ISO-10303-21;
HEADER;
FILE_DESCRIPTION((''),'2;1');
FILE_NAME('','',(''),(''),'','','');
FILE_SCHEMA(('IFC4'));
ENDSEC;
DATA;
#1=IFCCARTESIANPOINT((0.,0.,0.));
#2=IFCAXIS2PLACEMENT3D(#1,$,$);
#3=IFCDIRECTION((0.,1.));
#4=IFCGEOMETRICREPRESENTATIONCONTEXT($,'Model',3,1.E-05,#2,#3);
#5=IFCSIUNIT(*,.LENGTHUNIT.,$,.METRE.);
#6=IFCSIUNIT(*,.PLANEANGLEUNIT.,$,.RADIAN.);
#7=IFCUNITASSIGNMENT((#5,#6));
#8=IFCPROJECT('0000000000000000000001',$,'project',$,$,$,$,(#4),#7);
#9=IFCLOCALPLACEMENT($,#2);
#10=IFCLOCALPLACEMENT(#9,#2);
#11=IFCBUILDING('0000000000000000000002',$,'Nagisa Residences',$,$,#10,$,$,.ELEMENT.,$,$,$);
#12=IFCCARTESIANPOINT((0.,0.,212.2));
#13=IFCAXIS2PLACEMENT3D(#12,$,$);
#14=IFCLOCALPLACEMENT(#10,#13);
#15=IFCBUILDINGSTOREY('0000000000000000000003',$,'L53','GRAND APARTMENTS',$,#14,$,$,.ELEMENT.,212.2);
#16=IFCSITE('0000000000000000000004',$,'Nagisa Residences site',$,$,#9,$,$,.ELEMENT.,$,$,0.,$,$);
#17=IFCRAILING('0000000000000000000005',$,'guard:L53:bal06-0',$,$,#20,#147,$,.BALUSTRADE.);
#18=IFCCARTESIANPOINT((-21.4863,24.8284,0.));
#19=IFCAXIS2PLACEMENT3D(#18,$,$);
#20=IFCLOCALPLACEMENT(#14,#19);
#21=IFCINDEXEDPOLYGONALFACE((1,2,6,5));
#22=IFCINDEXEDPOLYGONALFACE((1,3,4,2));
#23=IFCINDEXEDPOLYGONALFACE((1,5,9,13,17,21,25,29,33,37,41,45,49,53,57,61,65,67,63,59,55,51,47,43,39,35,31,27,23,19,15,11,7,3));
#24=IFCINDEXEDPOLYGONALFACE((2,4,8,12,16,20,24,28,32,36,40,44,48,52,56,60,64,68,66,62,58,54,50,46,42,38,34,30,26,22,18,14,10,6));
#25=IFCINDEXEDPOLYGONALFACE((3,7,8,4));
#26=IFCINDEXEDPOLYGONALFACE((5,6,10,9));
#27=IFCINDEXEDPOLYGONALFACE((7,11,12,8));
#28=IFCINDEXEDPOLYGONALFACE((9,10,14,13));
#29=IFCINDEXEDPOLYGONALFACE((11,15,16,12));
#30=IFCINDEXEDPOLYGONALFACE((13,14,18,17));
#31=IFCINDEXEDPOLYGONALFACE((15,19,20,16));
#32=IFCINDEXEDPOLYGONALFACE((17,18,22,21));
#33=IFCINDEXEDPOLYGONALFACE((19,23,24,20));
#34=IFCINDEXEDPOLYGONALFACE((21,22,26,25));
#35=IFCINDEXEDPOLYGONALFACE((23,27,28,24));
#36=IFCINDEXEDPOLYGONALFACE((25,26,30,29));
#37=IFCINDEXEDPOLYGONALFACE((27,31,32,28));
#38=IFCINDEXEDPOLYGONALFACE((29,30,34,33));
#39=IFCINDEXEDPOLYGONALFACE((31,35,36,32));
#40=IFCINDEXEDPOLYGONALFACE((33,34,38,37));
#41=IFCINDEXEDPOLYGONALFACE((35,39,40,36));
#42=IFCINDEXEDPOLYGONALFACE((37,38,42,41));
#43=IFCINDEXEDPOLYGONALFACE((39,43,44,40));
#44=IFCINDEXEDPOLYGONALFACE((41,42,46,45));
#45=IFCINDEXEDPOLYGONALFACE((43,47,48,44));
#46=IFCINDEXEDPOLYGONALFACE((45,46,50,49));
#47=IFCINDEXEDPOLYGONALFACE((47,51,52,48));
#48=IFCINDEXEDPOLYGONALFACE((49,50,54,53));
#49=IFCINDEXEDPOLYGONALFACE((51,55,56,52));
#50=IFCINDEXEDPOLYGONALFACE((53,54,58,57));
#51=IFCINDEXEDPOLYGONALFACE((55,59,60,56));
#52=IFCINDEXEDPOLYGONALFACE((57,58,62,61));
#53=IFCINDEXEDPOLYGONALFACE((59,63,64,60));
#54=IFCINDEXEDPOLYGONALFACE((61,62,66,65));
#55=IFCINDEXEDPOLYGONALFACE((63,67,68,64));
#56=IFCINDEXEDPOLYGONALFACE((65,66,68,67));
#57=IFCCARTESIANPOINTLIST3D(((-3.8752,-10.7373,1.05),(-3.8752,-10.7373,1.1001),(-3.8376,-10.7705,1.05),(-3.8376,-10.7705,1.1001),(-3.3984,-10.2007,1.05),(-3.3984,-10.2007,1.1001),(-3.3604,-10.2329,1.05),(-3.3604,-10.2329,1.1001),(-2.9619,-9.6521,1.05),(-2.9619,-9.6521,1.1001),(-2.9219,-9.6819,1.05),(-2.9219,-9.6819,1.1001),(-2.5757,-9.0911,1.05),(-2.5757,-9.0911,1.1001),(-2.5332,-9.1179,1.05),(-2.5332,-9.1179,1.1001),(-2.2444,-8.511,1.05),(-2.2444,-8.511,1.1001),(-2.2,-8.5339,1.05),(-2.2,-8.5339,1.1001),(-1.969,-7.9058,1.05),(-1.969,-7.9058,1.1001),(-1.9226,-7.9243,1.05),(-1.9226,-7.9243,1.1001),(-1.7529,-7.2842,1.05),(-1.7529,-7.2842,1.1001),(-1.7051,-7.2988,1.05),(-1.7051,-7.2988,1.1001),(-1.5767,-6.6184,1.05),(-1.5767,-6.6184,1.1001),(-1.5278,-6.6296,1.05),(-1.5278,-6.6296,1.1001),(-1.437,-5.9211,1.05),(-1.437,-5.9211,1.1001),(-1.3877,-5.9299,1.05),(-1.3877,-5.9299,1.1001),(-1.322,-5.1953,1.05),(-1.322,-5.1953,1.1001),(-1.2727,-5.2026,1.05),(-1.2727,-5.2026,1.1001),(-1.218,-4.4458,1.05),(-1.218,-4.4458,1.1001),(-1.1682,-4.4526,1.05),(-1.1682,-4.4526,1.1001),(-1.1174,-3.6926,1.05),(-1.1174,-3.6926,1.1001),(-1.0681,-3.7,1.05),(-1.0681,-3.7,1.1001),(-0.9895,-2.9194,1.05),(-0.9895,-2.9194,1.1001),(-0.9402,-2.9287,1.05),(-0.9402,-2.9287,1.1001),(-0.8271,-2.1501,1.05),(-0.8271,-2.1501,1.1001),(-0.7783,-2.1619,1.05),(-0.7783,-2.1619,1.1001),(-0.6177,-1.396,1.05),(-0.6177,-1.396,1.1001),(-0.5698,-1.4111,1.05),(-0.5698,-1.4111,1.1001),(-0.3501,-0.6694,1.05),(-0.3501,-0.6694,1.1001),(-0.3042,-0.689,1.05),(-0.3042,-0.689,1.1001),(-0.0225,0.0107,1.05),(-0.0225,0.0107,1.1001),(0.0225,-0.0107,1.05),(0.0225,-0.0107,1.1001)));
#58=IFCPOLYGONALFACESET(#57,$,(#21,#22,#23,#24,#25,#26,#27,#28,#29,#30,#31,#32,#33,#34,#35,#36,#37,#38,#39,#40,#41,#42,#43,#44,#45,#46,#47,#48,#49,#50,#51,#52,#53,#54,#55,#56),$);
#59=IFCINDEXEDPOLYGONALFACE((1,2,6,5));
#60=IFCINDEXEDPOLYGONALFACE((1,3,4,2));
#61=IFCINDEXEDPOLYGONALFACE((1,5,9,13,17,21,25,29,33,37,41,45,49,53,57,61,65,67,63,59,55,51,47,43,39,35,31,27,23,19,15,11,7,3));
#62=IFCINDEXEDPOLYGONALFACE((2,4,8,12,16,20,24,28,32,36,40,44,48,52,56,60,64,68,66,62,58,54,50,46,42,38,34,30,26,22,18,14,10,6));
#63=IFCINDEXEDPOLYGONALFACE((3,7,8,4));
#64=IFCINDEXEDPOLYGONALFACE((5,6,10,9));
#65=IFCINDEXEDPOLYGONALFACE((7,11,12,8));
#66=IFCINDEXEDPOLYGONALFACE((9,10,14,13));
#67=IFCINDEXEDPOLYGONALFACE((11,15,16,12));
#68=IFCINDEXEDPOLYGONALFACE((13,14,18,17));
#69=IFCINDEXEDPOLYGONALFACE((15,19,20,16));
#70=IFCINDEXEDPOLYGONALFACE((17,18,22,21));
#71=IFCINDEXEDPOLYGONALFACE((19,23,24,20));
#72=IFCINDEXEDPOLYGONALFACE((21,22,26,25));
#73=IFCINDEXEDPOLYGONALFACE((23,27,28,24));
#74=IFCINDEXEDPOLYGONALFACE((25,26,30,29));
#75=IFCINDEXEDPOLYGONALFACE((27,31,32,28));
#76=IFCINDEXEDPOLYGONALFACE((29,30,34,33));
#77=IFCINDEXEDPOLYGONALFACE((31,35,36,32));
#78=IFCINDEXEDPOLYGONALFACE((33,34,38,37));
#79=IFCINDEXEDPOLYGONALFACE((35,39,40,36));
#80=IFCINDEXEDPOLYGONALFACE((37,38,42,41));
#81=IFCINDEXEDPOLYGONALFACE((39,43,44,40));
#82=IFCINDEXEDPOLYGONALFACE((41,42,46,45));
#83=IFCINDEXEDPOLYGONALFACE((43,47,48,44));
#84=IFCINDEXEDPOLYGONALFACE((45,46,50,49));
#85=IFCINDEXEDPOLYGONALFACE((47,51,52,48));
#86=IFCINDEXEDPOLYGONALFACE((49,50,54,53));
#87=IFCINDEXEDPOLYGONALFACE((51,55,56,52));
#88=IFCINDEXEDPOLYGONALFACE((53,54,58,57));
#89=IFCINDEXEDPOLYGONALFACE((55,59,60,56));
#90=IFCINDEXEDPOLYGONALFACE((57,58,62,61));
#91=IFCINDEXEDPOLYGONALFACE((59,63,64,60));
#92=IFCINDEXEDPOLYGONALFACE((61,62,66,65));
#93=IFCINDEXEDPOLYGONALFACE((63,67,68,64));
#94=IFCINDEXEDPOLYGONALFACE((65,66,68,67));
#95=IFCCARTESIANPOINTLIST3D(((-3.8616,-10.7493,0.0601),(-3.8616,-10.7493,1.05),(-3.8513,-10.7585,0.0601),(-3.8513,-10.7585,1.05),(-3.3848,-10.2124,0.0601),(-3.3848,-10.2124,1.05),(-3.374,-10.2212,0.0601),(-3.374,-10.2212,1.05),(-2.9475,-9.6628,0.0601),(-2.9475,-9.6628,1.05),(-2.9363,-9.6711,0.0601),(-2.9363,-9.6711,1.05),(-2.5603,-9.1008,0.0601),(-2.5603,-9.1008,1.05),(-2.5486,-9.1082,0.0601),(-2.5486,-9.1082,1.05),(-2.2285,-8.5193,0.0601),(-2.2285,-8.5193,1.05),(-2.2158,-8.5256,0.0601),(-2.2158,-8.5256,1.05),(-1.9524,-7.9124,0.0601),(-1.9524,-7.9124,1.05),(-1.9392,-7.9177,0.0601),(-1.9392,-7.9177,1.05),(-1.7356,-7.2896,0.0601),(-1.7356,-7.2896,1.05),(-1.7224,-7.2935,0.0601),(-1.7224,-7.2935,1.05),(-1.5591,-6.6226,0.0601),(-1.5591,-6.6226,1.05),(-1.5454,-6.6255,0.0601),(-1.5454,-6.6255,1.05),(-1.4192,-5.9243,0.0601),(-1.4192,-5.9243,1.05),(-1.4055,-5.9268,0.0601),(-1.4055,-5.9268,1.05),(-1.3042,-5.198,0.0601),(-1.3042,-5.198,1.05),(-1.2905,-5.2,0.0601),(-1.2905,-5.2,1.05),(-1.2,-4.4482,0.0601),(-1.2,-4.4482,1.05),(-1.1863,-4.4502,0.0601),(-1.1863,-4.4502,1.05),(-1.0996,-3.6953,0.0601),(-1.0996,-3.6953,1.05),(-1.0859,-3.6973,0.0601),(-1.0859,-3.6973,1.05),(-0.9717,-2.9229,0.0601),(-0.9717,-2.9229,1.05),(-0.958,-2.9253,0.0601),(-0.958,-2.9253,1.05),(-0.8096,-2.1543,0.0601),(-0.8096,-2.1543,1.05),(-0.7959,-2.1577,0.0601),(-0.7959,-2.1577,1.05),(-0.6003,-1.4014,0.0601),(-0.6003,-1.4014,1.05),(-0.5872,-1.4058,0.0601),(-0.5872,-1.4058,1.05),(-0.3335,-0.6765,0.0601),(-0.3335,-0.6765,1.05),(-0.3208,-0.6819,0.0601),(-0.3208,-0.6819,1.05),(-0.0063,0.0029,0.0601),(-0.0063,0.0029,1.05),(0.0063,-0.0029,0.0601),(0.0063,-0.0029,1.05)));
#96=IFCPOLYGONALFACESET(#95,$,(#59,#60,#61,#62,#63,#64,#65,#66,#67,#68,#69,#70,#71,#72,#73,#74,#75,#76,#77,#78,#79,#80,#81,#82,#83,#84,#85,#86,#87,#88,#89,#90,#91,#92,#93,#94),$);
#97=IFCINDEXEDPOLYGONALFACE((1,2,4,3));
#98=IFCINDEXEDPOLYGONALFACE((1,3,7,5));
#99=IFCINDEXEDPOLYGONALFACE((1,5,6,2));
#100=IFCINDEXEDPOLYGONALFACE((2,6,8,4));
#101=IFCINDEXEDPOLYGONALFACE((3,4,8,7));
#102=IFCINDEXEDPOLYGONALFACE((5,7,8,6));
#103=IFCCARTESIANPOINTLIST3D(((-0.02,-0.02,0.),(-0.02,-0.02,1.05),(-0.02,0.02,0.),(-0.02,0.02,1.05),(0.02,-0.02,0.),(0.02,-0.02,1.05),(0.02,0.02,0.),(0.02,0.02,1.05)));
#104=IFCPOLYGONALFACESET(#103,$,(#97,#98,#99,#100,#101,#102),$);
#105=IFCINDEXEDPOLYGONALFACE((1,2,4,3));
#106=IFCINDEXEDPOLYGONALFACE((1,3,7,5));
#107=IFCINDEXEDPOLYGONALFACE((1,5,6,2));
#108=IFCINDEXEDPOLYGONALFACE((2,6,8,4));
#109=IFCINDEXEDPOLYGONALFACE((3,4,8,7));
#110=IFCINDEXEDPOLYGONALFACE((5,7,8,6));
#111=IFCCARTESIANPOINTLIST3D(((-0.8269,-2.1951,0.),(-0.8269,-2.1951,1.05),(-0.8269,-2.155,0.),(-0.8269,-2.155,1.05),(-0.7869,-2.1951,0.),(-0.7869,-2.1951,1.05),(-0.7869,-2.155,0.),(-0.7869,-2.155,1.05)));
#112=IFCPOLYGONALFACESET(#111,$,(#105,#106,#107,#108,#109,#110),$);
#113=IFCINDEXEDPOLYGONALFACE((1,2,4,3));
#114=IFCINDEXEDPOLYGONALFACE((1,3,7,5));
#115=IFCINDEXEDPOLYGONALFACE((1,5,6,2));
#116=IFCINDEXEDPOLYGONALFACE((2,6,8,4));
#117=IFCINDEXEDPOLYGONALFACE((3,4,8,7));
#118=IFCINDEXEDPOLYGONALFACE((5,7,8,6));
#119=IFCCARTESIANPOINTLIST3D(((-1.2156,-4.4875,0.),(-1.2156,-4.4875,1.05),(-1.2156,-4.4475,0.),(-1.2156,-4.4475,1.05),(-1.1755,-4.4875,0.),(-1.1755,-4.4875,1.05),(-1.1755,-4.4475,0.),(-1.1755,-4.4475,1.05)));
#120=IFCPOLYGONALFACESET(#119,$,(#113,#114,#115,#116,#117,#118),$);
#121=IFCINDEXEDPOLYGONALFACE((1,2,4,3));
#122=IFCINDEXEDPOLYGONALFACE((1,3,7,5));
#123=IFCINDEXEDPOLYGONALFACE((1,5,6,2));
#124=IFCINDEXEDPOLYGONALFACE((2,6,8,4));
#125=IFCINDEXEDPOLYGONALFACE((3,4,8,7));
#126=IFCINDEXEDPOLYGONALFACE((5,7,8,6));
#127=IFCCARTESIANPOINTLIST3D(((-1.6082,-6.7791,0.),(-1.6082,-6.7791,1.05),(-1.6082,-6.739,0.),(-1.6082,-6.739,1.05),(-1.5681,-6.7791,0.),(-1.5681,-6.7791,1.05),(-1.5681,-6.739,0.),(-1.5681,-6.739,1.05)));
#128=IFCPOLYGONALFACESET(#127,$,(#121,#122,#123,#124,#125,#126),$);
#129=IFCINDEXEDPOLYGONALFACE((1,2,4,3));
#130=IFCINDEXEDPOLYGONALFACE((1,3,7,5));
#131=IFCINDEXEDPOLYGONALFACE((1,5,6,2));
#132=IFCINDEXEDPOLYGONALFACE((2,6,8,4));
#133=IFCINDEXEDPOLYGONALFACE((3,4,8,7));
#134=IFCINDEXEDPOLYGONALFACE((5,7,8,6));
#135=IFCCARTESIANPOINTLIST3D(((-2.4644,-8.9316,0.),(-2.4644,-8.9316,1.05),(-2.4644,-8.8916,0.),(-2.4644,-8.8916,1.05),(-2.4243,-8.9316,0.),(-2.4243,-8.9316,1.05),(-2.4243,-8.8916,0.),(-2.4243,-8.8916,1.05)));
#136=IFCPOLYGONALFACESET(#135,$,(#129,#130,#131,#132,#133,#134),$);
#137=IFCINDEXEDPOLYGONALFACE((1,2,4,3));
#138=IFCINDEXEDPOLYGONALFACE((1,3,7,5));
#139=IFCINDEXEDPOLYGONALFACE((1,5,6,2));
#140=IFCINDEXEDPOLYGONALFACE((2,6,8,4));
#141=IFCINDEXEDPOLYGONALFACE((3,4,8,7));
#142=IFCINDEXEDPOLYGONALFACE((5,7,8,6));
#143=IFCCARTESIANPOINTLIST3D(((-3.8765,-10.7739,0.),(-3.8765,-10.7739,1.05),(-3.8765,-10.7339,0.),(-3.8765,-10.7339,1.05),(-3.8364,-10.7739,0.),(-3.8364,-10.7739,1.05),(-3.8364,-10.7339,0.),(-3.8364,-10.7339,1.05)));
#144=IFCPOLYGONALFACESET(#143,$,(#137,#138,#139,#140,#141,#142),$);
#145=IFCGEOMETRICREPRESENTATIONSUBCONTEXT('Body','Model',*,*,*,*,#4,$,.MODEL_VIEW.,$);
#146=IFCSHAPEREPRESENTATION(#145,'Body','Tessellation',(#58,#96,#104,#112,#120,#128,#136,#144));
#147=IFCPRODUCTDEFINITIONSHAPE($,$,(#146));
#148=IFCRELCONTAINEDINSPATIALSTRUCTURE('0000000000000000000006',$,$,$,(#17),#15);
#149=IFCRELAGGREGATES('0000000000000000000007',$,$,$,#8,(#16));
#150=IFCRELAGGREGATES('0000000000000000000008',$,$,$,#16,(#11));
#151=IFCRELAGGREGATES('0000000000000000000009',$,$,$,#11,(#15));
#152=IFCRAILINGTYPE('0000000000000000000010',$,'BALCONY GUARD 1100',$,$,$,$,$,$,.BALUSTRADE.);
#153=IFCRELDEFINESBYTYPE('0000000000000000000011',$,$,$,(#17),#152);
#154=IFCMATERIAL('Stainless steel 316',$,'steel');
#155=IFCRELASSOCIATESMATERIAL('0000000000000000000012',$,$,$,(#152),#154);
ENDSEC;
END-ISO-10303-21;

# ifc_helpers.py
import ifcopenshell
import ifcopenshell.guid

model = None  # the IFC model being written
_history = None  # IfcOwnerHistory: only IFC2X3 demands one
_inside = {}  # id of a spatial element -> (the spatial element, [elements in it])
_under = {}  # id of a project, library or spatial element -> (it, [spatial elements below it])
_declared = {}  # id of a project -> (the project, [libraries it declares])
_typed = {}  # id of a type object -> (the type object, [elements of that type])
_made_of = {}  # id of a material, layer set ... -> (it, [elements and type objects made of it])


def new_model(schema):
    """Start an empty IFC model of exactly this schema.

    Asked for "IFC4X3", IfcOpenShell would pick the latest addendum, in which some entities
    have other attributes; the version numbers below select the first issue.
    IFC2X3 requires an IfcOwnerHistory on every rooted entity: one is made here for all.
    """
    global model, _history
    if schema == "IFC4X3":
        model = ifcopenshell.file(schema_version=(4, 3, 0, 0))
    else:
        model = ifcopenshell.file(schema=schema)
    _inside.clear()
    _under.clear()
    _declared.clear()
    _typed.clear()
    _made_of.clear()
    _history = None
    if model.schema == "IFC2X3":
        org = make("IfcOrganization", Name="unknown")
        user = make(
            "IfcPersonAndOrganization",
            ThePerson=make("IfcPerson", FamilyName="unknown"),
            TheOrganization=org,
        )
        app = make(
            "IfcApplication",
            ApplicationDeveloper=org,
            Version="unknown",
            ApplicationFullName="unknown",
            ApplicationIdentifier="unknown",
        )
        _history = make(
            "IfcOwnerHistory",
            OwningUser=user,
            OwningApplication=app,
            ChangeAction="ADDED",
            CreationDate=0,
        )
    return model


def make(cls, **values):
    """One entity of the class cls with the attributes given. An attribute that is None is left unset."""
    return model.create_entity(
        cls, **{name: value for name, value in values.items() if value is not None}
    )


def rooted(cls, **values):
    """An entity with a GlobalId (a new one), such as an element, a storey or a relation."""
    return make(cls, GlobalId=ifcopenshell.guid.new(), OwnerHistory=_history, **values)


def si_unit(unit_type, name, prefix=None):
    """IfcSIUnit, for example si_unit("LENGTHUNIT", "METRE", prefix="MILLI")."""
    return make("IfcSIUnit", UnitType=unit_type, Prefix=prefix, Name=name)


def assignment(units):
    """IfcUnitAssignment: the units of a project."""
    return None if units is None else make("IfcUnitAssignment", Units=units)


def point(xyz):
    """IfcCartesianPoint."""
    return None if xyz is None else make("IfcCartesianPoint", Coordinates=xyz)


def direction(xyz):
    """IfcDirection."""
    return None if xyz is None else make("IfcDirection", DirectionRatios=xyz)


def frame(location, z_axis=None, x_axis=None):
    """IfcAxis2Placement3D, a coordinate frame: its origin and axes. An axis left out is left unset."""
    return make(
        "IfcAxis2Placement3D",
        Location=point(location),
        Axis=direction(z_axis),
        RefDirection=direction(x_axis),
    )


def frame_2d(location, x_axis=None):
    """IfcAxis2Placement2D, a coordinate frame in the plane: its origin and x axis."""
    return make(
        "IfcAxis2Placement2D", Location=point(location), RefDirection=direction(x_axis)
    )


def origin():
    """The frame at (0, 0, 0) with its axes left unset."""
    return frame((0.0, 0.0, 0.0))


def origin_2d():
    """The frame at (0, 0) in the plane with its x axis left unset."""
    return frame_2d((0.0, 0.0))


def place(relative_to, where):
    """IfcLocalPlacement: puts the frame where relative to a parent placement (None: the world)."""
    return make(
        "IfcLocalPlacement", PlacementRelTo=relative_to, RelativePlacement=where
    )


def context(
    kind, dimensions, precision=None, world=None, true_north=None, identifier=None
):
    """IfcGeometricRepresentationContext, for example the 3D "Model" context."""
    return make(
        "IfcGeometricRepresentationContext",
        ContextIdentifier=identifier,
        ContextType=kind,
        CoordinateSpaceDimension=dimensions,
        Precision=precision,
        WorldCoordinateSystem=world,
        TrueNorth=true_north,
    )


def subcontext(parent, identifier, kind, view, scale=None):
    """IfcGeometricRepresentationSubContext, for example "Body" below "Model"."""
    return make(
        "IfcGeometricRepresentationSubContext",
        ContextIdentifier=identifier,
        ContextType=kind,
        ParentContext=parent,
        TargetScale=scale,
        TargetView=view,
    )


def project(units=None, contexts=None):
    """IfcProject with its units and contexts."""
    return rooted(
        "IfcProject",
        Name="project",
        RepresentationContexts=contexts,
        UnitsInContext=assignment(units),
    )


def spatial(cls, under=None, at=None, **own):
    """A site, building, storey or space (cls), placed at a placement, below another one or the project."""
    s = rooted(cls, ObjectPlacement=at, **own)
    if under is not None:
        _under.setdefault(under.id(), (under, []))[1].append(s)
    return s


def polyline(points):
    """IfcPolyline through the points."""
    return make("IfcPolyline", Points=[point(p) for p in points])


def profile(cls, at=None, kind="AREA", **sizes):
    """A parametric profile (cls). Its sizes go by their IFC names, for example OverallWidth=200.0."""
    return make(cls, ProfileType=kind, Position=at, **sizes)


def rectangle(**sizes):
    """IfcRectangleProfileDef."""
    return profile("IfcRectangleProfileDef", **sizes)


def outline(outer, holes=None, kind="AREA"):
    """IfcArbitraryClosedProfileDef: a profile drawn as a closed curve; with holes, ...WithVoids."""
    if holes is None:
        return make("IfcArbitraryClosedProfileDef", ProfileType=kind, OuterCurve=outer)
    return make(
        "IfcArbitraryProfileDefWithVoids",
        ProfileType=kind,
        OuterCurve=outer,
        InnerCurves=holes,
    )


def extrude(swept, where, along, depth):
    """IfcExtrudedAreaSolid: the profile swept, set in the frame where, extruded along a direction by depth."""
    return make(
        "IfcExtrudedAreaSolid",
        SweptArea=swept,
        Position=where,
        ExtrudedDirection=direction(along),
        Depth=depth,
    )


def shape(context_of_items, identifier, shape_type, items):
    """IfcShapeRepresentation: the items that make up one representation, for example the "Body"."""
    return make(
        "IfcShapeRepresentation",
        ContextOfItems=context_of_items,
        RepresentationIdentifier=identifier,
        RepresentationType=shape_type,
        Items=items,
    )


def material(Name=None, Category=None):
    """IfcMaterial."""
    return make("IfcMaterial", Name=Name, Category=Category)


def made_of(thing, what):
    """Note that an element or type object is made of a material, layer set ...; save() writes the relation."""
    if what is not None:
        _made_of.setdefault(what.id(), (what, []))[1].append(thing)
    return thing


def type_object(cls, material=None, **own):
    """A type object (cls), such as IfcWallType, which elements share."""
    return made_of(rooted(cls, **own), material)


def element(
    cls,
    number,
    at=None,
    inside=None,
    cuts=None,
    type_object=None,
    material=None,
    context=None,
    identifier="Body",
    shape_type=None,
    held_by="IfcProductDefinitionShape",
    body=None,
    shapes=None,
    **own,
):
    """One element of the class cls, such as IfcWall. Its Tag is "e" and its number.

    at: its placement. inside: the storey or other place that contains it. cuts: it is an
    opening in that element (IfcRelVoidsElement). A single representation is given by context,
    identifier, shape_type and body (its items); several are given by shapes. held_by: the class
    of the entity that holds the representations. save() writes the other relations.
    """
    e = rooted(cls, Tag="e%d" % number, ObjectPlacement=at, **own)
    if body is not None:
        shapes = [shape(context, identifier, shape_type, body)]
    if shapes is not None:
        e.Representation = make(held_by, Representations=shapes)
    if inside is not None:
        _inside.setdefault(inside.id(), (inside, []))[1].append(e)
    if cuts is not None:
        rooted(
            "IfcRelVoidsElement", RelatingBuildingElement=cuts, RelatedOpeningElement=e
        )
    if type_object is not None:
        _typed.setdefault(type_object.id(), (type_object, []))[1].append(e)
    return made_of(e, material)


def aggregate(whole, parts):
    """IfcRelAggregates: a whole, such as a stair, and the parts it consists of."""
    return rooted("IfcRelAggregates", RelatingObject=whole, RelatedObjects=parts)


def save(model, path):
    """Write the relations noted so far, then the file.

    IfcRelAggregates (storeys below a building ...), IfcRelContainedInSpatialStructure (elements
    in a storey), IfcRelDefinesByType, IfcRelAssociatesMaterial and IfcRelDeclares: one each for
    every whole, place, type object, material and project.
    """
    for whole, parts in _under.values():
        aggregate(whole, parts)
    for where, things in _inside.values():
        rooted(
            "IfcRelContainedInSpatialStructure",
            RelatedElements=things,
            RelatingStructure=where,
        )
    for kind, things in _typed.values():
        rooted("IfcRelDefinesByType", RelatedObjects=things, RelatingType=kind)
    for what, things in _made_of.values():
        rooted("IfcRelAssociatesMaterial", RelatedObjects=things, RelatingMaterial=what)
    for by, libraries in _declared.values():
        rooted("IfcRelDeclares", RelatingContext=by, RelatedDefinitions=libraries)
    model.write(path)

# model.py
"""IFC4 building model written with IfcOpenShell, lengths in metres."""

from ifc_helpers import new_model, si_unit, direction, frame, origin, origin_2d, place, context, subcontext, project, spatial, polyline, rectangle, outline, extrude, material, type_object, element, save


model = new_model("IFC4")

# Units and contexts
model_context = context("Model", 3, precision=1e-05, world=origin(), true_north=direction((0.0, 1.0)))
body_context = subcontext(model_context, "Body", "Model", "MODEL_VIEW")
ifc_project = project(units=[si_unit("LENGTHUNIT", "METRE"), si_unit("PLANEANGLEUNIT", "RADIAN")], contexts=[model_context])

# Site, building, storey
site_placement = place(None, origin())
site = spatial("IfcSite", under=ifc_project, at=site_placement, Name="Nagisa Residences site", CompositionType="ELEMENT", RefElevation=0.0)
building_placement = place(site_placement, origin())
building = spatial("IfcBuilding", under=site, at=building_placement, Name="Nagisa Residences", CompositionType="ELEMENT")
storey_placement = place(building_placement, frame((0.0, 0.0, 212.2)))
storey = spatial("IfcBuildingStorey", under=building, at=storey_placement, Name="L53", Description="GRAND APARTMENTS", CompositionType="ELEMENT", Elevation=212.2)

# Railing
ifc_material_1 = material(Name="Stainless steel 316", Category="steel")
railing_type = type_object("IfcRailingType", Name="BALCONY GUARD 1100", PredefinedType="BALUSTRADE", material=ifc_material_1)
railing_1_placement = place(storey_placement, frame((-21.4863, 24.8284, 0.0)))
element("IfcRailing", 1, at=railing_1_placement, inside=storey, type_object=railing_type, Name="guard:L53:bal06-0", PredefinedType="BALUSTRADE", context=body_context, shape_type="SweptSolid", body=[
    extrude(outline(polyline([(-0.3042, -0.689), (0.0225, -0.0107), (-0.0225, 0.0107), (-0.3501, -0.6694), (-0.6177, -1.396), (-0.8271, -2.1501), (-0.9895, -2.9194), (-1.1174, -3.6926), (-1.218, -4.4458), (-1.322, -5.1953), (-1.437, -5.9211), (-1.5767, -6.6184), (-1.7529, -7.2842), (-1.969, -7.9058), (-2.2444, -8.511), (-2.5757, -9.0911), (-2.9619, -9.6521), (-3.3984, -10.2007), (-3.8752, -10.7373), (-3.8376, -10.7705), (-3.3604, -10.2329), (-2.9219, -9.6819), (-2.5332, -9.1179), (-2.2, -8.5339), (-1.9226, -7.9243), (-1.7051, -7.2988), (-1.5278, -6.6296), (-1.3877, -5.9299), (-1.2727, -5.2026), (-1.1682, -4.4526), (-1.0681, -3.7), (-0.9402, -2.9287), (-0.7783, -2.1619), (-0.5698, -1.4111), (-0.3042, -0.689)])), frame((0.0, 0.0, 1.05)), (0.0, 0.0, 1.0), 0.05),
    extrude(outline(polyline([(-0.3208, -0.6819), (0.0063, -0.0029), (-0.0063, 0.0029), (-0.3335, -0.6765), (-0.6003, -1.4014), (-0.8096, -2.1543), (-0.9717, -2.9229), (-1.0996, -3.6953), (-1.2, -4.4482), (-1.3042, -5.198), (-1.4192, -5.9243), (-1.5591, -6.6226), (-1.7356, -7.2896), (-1.9524, -7.9124), (-2.2285, -8.5193), (-2.5603, -9.1008), (-2.9475, -9.6628), (-3.3848, -10.2124), (-3.8616, -10.7493), (-3.8513, -10.7585), (-3.374, -10.2212), (-2.9363, -9.6711), (-2.5486, -9.1082), (-2.2158, -8.5256), (-1.9392, -7.9177), (-1.7224, -7.2935), (-1.5454, -6.6255), (-1.4055, -5.9268), (-1.2905, -5.2), (-1.1863, -4.4502), (-1.0859, -3.6973), (-0.958, -2.9253), (-0.7959, -2.1577), (-0.5872, -1.4058), (-0.3208, -0.6819)])), frame((0.0, 0.0, 0.0601)), (0.0, 0.0, 1.0), 0.99),
    extrude(rectangle(XDim=0.04, YDim=0.04, at=origin_2d()), origin(), (0.0, 0.0, 1.0), 1.05),
    extrude(rectangle(XDim=0.04, YDim=0.04, at=origin_2d()), frame((-0.8069, -2.175, 0.0)), (0.0, 0.0, 1.0), 1.05),
    extrude(rectangle(XDim=0.04, YDim=0.04, at=origin_2d()), frame((-1.1956, -4.4675, 0.0)), (0.0, 0.0, 1.0), 1.05),
    extrude(rectangle(XDim=0.04, YDim=0.04, at=origin_2d()), frame((-1.5881, -6.759, 0.0)), (0.0, 0.0, 1.0), 1.05),
    extrude(rectangle(XDim=0.04, YDim=0.04, at=origin_2d()), frame((-2.4443, -8.9116, 0.0)), (0.0, 0.0, 1.0), 1.05),
    extrude(rectangle(XDim=0.04, YDim=0.04, at=origin_2d()), frame((-3.8564, -10.7539, 0.0)), (0.0, 0.0, 1.0), 1.05),
])

save(model, "model.ifc")
